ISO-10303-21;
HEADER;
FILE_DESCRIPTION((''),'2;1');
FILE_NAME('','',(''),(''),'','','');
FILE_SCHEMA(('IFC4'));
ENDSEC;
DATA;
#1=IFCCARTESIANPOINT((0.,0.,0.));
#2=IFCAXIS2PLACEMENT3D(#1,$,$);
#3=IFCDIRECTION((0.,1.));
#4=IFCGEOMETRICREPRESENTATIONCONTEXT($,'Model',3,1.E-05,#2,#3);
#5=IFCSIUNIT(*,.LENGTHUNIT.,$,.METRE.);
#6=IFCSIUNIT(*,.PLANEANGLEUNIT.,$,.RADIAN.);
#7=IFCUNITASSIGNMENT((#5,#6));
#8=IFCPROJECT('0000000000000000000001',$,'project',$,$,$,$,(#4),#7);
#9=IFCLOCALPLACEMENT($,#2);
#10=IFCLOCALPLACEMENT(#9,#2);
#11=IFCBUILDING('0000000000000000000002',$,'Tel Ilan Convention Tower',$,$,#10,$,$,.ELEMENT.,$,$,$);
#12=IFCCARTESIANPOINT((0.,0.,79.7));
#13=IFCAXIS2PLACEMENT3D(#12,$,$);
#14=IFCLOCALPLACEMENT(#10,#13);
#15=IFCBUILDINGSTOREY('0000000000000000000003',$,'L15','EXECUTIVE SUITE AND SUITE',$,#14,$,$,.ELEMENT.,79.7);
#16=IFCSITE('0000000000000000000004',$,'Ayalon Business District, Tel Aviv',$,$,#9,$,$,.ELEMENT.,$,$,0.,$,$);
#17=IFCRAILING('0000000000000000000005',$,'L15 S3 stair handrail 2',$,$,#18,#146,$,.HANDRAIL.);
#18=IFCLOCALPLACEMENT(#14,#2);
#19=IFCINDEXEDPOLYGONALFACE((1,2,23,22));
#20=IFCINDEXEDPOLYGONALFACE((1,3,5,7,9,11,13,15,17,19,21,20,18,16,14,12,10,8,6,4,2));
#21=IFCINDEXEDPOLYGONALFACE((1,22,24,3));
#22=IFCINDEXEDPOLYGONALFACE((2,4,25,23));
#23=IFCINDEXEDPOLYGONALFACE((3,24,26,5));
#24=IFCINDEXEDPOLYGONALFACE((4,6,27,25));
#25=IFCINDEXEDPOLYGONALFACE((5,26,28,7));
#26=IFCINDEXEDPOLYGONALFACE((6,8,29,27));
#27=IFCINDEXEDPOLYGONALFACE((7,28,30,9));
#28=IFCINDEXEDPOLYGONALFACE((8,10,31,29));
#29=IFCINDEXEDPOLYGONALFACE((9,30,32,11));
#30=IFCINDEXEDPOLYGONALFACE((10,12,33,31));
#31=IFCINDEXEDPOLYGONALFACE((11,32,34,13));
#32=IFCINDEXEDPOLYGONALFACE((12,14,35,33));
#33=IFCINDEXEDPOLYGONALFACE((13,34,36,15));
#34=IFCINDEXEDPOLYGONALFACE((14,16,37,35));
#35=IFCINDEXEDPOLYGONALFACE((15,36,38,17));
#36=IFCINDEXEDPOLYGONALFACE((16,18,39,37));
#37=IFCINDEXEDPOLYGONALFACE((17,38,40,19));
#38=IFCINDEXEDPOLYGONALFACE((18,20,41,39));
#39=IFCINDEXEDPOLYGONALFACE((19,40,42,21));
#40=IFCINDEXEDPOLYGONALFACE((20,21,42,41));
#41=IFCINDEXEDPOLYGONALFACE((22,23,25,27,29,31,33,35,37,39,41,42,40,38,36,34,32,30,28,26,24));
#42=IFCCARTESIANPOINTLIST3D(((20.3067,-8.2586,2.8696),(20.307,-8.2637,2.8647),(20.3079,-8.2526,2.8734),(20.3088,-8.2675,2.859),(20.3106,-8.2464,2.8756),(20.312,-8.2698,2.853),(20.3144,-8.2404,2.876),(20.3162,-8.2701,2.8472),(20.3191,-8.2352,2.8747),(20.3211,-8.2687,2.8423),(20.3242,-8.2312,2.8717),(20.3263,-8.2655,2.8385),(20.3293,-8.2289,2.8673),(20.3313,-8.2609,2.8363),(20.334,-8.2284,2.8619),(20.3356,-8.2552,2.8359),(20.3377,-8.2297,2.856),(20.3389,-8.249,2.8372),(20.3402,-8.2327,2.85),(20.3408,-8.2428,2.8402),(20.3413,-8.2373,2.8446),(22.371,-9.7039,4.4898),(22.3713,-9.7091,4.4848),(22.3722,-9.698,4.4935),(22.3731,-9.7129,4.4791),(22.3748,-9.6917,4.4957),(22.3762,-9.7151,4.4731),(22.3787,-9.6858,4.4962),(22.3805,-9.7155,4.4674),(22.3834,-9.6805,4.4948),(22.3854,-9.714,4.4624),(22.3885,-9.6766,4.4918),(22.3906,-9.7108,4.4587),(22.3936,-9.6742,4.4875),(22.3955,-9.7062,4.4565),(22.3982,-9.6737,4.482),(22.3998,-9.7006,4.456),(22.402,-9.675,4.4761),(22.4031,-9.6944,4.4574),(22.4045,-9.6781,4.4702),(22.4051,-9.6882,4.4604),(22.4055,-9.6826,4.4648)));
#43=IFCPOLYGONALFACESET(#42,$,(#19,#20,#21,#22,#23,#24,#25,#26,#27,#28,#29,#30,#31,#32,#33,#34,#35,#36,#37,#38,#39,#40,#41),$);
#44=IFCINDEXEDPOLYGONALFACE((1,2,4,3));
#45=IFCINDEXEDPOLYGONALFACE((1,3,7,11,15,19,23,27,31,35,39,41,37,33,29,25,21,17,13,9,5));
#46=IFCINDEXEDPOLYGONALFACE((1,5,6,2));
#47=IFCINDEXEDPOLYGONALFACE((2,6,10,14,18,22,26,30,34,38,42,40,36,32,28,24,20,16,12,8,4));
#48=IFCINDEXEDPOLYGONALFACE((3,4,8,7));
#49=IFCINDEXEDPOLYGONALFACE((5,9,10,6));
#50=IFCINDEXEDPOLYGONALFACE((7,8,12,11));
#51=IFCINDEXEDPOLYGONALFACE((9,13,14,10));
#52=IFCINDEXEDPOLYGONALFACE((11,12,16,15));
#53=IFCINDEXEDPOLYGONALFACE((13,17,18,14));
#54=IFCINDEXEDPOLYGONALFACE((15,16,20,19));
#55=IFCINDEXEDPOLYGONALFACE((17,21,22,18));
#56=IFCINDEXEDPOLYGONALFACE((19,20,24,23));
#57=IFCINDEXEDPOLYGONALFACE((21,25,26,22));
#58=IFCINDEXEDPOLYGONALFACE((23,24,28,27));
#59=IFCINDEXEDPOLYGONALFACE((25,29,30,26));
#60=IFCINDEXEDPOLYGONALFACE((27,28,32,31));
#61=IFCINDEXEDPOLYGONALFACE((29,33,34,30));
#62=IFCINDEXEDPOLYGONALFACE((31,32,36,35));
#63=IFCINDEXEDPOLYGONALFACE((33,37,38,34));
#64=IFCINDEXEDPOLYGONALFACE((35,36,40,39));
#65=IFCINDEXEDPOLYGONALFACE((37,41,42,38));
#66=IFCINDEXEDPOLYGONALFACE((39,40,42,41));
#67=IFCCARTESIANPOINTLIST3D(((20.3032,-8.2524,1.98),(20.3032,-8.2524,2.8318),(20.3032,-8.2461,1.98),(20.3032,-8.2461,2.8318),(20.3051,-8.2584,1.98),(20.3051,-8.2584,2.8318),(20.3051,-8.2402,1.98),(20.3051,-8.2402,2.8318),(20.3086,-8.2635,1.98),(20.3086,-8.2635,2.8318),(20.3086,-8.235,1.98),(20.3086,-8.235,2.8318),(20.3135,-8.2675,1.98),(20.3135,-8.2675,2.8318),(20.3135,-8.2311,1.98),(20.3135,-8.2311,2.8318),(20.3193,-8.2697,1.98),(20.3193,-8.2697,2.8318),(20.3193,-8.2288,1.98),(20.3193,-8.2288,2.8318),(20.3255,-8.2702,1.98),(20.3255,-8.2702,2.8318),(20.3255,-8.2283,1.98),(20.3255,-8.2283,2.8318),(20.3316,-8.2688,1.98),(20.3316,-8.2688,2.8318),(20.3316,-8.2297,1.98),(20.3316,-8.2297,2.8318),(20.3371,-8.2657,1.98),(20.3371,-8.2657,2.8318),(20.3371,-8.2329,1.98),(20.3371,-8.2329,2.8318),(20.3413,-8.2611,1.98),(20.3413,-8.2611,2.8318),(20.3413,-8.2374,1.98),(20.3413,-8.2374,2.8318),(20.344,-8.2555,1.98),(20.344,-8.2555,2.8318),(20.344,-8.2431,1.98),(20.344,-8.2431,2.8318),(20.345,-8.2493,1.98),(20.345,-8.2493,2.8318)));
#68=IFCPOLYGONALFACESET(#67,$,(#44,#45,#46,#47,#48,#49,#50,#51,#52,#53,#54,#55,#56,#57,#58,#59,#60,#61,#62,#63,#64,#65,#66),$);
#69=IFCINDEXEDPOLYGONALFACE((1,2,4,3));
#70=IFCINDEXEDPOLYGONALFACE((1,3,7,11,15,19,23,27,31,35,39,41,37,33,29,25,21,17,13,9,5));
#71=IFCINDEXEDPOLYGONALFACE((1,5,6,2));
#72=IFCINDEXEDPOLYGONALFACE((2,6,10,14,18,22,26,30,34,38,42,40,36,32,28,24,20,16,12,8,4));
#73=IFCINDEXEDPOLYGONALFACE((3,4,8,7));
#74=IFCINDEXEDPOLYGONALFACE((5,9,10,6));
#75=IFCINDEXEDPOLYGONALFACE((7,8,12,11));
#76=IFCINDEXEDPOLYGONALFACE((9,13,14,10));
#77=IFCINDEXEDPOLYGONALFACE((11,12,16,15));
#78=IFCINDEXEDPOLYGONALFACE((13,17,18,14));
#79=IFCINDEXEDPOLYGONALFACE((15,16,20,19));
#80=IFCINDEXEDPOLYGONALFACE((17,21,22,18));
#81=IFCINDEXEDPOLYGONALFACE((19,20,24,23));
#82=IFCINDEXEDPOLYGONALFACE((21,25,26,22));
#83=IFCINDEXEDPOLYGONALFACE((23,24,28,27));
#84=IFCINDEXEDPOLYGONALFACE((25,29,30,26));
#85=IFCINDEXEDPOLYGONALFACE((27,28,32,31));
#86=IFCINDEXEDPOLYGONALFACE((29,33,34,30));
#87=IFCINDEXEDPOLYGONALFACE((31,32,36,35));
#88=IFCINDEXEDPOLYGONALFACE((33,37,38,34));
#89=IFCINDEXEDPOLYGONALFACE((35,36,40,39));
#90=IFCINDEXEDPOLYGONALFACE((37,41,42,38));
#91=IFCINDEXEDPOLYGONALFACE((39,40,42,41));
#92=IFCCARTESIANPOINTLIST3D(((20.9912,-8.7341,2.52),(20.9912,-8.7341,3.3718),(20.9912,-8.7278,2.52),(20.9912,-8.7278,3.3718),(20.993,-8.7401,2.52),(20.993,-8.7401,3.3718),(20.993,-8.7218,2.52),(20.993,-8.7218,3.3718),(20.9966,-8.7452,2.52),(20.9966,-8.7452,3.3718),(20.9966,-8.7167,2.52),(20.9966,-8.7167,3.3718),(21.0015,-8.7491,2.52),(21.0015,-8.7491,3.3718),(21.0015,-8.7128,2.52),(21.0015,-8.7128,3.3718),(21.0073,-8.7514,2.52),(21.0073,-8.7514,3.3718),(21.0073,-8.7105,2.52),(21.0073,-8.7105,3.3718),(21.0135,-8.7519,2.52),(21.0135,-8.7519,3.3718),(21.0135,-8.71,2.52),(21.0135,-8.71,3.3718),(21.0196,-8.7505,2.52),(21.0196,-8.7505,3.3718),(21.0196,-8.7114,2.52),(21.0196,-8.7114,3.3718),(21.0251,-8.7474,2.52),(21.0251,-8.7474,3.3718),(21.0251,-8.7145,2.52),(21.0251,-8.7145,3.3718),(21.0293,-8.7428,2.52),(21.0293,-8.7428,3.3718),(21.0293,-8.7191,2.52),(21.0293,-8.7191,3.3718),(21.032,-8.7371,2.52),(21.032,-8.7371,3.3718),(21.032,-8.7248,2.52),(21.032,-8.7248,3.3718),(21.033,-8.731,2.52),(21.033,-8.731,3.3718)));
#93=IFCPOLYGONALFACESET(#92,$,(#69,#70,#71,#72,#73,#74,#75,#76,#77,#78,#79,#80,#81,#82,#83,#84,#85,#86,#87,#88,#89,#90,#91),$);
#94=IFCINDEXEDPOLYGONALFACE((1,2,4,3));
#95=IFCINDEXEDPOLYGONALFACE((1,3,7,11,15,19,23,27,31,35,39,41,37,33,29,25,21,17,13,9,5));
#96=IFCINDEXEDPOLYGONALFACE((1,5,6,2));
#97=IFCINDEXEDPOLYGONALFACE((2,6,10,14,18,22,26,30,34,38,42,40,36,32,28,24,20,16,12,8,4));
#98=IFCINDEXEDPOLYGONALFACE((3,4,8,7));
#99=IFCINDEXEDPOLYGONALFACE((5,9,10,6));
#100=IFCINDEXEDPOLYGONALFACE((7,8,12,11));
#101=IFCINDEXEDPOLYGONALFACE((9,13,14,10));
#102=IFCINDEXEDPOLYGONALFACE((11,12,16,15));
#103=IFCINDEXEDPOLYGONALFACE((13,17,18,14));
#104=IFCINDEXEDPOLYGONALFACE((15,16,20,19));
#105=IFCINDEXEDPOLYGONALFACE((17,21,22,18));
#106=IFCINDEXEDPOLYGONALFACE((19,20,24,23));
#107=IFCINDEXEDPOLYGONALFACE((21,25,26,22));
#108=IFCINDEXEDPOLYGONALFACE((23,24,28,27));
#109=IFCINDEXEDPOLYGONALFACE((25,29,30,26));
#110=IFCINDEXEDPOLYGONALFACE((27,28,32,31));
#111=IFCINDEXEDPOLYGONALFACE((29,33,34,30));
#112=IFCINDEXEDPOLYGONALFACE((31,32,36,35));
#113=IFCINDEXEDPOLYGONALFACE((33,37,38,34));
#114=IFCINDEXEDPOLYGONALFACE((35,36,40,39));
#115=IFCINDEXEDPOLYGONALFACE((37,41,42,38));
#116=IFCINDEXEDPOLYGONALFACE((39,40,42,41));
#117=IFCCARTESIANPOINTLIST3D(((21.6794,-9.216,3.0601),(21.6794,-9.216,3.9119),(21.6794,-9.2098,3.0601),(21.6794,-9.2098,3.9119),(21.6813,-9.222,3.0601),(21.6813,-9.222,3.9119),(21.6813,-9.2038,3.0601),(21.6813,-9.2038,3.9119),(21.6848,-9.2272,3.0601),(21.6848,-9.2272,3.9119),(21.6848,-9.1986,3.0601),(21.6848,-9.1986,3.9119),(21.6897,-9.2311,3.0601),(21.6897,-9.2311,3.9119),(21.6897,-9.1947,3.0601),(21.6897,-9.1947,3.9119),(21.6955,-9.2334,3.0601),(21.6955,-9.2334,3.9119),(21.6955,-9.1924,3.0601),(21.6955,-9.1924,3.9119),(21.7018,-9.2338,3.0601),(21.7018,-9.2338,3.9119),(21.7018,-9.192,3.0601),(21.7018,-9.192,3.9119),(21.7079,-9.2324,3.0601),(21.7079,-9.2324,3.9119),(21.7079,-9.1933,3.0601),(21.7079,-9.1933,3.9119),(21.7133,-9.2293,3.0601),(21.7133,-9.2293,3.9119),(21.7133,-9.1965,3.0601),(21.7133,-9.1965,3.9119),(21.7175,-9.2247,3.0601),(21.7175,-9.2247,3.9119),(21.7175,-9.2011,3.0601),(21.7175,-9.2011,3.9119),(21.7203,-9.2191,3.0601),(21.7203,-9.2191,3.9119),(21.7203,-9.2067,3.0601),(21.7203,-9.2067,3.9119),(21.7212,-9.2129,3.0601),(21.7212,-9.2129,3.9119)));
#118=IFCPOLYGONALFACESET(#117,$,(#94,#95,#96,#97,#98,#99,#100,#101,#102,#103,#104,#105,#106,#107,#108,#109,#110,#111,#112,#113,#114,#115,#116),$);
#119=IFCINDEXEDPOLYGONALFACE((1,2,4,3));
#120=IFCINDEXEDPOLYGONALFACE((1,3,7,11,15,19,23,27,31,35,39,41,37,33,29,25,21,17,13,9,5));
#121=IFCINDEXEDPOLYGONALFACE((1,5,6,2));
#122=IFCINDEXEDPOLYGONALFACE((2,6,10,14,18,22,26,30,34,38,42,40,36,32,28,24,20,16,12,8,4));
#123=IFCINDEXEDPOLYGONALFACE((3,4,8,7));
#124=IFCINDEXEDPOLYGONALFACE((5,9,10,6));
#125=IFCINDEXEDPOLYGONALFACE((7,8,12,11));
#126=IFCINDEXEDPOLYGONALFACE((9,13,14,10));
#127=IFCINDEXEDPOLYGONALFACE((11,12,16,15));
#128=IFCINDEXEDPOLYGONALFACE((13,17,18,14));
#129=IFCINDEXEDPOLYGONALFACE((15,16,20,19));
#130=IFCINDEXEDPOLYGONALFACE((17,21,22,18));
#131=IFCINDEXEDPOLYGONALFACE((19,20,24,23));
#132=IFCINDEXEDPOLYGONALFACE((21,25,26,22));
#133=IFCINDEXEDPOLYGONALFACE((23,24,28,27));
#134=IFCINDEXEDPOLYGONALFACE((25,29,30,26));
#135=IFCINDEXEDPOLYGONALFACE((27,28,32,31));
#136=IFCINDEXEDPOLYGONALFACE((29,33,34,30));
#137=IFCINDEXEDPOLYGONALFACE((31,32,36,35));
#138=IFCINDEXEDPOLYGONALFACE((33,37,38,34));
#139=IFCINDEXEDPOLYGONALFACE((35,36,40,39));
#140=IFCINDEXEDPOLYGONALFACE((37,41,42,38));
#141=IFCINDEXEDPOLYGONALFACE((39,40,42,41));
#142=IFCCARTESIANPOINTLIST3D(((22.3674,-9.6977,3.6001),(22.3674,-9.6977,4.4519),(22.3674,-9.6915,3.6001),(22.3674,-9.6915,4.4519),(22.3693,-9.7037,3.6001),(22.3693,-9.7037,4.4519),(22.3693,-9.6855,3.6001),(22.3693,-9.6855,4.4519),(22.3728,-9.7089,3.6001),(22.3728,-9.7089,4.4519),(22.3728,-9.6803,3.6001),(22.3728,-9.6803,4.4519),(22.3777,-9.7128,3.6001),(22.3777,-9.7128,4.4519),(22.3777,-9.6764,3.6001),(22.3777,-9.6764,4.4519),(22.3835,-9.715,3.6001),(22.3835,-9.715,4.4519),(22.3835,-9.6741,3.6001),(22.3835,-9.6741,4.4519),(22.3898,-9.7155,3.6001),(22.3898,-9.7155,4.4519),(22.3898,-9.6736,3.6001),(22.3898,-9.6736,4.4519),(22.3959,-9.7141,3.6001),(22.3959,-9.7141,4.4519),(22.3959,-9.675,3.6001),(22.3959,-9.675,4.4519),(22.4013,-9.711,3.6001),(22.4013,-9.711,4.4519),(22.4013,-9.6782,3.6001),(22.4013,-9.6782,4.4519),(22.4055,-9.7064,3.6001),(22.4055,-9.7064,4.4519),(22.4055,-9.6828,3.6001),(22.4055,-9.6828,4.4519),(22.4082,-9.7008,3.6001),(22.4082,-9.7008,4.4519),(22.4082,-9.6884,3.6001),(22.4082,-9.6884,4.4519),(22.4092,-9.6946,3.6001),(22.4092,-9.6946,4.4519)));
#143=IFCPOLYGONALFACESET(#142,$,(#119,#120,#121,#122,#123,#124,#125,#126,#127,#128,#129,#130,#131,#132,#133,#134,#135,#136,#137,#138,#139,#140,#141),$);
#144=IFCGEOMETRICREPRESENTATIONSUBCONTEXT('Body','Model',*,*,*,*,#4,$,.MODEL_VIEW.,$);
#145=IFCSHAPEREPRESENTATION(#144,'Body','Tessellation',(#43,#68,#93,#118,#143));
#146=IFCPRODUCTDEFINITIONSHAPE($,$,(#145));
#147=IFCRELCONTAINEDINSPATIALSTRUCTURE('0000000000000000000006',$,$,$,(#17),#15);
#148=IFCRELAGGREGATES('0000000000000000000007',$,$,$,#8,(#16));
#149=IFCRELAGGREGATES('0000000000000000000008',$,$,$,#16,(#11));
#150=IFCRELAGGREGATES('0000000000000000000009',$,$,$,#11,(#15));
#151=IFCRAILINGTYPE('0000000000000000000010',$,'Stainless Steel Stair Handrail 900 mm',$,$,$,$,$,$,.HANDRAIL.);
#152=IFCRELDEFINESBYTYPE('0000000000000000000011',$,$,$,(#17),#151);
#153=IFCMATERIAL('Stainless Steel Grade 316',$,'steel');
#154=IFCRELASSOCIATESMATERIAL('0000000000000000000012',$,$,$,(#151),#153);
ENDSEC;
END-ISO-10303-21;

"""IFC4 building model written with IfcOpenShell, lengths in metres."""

from ifc_helpers import new_model, si_unit, direction, frame, origin, origin_2d, place, context, subcontext, project, spatial, circle, extrude, material, type_object, element, save


model = new_model("IFC4")

# Units and contexts
model_context = context("Model", 3, precision=1e-05, world=origin(), true_north=direction((0.0, 1.0)))
body_context = subcontext(model_context, "Body", "Model", "MODEL_VIEW")
ifc_project = project(units=[si_unit("LENGTHUNIT", "METRE"), si_unit("PLANEANGLEUNIT", "RADIAN")], contexts=[model_context])

# Site, building, storey
site_placement = place(None, origin())
site = spatial("IfcSite", under=ifc_project, at=site_placement, Name="Ayalon Business District, Tel Aviv", CompositionType="ELEMENT", RefElevation=0.0)
building_placement = place(site_placement, origin())
building = spatial("IfcBuilding", under=site, at=building_placement, Name="Tel Ilan Convention Tower", CompositionType="ELEMENT")
storey_placement = place(building_placement, frame((0.0, 0.0, 79.7)))
storey = spatial("IfcBuildingStorey", under=building, at=storey_placement, Name="L15", Description="EXECUTIVE SUITE AND SUITE", CompositionType="ELEMENT", Elevation=79.7)

# Railing
ifc_material_1 = material(Name="Stainless Steel Grade 316", Category="steel")
railing_type_1 = type_object("IfcRailingType", Name="Stainless Steel Stair Handrail 900 mm", PredefinedType="HANDRAIL", material=ifc_material_1)
railing_1_placement = place(storey_placement, frame((20.324, -8.2493, 1.98)))
element("IfcRailing", 1, at=railing_1_placement, inside=storey, type_object=railing_type_1, Name="L15 S3 stair handrail 2", PredefinedType="HANDRAIL", context=body_context, shape_type="SweptSolid", body=[
    extrude(circle(Radius=0.0239, at=origin_2d()), frame((0.0, 0.0, 0.876), z_axis=(0.68904, -0.48245, 0.540801), x_axis=(0.57356, 0.819164, 0.0)), (0.0, 0.0, 1.0), 2.9958),
    extrude(circle(Radius=0.021, at=origin_2d()), origin(), (0.0, 0.0, 1.0), 0.8518),
    extrude(circle(Radius=0.021, at=origin_2d()), frame((0.688, -0.4817, 0.54)), (0.0, 0.0, 1.0), 0.8518),
    extrude(circle(Radius=0.021, at=origin_2d()), frame((1.3762, -0.9636, 1.0801)), (0.0, 0.0, 1.0), 0.8518),
    extrude(circle(Radius=0.021, at=origin_2d()), frame((2.0642, -1.4453, 1.6201)), (0.0, 0.0, 1.0), 0.8518),
])

save(model, "model.ifc")
